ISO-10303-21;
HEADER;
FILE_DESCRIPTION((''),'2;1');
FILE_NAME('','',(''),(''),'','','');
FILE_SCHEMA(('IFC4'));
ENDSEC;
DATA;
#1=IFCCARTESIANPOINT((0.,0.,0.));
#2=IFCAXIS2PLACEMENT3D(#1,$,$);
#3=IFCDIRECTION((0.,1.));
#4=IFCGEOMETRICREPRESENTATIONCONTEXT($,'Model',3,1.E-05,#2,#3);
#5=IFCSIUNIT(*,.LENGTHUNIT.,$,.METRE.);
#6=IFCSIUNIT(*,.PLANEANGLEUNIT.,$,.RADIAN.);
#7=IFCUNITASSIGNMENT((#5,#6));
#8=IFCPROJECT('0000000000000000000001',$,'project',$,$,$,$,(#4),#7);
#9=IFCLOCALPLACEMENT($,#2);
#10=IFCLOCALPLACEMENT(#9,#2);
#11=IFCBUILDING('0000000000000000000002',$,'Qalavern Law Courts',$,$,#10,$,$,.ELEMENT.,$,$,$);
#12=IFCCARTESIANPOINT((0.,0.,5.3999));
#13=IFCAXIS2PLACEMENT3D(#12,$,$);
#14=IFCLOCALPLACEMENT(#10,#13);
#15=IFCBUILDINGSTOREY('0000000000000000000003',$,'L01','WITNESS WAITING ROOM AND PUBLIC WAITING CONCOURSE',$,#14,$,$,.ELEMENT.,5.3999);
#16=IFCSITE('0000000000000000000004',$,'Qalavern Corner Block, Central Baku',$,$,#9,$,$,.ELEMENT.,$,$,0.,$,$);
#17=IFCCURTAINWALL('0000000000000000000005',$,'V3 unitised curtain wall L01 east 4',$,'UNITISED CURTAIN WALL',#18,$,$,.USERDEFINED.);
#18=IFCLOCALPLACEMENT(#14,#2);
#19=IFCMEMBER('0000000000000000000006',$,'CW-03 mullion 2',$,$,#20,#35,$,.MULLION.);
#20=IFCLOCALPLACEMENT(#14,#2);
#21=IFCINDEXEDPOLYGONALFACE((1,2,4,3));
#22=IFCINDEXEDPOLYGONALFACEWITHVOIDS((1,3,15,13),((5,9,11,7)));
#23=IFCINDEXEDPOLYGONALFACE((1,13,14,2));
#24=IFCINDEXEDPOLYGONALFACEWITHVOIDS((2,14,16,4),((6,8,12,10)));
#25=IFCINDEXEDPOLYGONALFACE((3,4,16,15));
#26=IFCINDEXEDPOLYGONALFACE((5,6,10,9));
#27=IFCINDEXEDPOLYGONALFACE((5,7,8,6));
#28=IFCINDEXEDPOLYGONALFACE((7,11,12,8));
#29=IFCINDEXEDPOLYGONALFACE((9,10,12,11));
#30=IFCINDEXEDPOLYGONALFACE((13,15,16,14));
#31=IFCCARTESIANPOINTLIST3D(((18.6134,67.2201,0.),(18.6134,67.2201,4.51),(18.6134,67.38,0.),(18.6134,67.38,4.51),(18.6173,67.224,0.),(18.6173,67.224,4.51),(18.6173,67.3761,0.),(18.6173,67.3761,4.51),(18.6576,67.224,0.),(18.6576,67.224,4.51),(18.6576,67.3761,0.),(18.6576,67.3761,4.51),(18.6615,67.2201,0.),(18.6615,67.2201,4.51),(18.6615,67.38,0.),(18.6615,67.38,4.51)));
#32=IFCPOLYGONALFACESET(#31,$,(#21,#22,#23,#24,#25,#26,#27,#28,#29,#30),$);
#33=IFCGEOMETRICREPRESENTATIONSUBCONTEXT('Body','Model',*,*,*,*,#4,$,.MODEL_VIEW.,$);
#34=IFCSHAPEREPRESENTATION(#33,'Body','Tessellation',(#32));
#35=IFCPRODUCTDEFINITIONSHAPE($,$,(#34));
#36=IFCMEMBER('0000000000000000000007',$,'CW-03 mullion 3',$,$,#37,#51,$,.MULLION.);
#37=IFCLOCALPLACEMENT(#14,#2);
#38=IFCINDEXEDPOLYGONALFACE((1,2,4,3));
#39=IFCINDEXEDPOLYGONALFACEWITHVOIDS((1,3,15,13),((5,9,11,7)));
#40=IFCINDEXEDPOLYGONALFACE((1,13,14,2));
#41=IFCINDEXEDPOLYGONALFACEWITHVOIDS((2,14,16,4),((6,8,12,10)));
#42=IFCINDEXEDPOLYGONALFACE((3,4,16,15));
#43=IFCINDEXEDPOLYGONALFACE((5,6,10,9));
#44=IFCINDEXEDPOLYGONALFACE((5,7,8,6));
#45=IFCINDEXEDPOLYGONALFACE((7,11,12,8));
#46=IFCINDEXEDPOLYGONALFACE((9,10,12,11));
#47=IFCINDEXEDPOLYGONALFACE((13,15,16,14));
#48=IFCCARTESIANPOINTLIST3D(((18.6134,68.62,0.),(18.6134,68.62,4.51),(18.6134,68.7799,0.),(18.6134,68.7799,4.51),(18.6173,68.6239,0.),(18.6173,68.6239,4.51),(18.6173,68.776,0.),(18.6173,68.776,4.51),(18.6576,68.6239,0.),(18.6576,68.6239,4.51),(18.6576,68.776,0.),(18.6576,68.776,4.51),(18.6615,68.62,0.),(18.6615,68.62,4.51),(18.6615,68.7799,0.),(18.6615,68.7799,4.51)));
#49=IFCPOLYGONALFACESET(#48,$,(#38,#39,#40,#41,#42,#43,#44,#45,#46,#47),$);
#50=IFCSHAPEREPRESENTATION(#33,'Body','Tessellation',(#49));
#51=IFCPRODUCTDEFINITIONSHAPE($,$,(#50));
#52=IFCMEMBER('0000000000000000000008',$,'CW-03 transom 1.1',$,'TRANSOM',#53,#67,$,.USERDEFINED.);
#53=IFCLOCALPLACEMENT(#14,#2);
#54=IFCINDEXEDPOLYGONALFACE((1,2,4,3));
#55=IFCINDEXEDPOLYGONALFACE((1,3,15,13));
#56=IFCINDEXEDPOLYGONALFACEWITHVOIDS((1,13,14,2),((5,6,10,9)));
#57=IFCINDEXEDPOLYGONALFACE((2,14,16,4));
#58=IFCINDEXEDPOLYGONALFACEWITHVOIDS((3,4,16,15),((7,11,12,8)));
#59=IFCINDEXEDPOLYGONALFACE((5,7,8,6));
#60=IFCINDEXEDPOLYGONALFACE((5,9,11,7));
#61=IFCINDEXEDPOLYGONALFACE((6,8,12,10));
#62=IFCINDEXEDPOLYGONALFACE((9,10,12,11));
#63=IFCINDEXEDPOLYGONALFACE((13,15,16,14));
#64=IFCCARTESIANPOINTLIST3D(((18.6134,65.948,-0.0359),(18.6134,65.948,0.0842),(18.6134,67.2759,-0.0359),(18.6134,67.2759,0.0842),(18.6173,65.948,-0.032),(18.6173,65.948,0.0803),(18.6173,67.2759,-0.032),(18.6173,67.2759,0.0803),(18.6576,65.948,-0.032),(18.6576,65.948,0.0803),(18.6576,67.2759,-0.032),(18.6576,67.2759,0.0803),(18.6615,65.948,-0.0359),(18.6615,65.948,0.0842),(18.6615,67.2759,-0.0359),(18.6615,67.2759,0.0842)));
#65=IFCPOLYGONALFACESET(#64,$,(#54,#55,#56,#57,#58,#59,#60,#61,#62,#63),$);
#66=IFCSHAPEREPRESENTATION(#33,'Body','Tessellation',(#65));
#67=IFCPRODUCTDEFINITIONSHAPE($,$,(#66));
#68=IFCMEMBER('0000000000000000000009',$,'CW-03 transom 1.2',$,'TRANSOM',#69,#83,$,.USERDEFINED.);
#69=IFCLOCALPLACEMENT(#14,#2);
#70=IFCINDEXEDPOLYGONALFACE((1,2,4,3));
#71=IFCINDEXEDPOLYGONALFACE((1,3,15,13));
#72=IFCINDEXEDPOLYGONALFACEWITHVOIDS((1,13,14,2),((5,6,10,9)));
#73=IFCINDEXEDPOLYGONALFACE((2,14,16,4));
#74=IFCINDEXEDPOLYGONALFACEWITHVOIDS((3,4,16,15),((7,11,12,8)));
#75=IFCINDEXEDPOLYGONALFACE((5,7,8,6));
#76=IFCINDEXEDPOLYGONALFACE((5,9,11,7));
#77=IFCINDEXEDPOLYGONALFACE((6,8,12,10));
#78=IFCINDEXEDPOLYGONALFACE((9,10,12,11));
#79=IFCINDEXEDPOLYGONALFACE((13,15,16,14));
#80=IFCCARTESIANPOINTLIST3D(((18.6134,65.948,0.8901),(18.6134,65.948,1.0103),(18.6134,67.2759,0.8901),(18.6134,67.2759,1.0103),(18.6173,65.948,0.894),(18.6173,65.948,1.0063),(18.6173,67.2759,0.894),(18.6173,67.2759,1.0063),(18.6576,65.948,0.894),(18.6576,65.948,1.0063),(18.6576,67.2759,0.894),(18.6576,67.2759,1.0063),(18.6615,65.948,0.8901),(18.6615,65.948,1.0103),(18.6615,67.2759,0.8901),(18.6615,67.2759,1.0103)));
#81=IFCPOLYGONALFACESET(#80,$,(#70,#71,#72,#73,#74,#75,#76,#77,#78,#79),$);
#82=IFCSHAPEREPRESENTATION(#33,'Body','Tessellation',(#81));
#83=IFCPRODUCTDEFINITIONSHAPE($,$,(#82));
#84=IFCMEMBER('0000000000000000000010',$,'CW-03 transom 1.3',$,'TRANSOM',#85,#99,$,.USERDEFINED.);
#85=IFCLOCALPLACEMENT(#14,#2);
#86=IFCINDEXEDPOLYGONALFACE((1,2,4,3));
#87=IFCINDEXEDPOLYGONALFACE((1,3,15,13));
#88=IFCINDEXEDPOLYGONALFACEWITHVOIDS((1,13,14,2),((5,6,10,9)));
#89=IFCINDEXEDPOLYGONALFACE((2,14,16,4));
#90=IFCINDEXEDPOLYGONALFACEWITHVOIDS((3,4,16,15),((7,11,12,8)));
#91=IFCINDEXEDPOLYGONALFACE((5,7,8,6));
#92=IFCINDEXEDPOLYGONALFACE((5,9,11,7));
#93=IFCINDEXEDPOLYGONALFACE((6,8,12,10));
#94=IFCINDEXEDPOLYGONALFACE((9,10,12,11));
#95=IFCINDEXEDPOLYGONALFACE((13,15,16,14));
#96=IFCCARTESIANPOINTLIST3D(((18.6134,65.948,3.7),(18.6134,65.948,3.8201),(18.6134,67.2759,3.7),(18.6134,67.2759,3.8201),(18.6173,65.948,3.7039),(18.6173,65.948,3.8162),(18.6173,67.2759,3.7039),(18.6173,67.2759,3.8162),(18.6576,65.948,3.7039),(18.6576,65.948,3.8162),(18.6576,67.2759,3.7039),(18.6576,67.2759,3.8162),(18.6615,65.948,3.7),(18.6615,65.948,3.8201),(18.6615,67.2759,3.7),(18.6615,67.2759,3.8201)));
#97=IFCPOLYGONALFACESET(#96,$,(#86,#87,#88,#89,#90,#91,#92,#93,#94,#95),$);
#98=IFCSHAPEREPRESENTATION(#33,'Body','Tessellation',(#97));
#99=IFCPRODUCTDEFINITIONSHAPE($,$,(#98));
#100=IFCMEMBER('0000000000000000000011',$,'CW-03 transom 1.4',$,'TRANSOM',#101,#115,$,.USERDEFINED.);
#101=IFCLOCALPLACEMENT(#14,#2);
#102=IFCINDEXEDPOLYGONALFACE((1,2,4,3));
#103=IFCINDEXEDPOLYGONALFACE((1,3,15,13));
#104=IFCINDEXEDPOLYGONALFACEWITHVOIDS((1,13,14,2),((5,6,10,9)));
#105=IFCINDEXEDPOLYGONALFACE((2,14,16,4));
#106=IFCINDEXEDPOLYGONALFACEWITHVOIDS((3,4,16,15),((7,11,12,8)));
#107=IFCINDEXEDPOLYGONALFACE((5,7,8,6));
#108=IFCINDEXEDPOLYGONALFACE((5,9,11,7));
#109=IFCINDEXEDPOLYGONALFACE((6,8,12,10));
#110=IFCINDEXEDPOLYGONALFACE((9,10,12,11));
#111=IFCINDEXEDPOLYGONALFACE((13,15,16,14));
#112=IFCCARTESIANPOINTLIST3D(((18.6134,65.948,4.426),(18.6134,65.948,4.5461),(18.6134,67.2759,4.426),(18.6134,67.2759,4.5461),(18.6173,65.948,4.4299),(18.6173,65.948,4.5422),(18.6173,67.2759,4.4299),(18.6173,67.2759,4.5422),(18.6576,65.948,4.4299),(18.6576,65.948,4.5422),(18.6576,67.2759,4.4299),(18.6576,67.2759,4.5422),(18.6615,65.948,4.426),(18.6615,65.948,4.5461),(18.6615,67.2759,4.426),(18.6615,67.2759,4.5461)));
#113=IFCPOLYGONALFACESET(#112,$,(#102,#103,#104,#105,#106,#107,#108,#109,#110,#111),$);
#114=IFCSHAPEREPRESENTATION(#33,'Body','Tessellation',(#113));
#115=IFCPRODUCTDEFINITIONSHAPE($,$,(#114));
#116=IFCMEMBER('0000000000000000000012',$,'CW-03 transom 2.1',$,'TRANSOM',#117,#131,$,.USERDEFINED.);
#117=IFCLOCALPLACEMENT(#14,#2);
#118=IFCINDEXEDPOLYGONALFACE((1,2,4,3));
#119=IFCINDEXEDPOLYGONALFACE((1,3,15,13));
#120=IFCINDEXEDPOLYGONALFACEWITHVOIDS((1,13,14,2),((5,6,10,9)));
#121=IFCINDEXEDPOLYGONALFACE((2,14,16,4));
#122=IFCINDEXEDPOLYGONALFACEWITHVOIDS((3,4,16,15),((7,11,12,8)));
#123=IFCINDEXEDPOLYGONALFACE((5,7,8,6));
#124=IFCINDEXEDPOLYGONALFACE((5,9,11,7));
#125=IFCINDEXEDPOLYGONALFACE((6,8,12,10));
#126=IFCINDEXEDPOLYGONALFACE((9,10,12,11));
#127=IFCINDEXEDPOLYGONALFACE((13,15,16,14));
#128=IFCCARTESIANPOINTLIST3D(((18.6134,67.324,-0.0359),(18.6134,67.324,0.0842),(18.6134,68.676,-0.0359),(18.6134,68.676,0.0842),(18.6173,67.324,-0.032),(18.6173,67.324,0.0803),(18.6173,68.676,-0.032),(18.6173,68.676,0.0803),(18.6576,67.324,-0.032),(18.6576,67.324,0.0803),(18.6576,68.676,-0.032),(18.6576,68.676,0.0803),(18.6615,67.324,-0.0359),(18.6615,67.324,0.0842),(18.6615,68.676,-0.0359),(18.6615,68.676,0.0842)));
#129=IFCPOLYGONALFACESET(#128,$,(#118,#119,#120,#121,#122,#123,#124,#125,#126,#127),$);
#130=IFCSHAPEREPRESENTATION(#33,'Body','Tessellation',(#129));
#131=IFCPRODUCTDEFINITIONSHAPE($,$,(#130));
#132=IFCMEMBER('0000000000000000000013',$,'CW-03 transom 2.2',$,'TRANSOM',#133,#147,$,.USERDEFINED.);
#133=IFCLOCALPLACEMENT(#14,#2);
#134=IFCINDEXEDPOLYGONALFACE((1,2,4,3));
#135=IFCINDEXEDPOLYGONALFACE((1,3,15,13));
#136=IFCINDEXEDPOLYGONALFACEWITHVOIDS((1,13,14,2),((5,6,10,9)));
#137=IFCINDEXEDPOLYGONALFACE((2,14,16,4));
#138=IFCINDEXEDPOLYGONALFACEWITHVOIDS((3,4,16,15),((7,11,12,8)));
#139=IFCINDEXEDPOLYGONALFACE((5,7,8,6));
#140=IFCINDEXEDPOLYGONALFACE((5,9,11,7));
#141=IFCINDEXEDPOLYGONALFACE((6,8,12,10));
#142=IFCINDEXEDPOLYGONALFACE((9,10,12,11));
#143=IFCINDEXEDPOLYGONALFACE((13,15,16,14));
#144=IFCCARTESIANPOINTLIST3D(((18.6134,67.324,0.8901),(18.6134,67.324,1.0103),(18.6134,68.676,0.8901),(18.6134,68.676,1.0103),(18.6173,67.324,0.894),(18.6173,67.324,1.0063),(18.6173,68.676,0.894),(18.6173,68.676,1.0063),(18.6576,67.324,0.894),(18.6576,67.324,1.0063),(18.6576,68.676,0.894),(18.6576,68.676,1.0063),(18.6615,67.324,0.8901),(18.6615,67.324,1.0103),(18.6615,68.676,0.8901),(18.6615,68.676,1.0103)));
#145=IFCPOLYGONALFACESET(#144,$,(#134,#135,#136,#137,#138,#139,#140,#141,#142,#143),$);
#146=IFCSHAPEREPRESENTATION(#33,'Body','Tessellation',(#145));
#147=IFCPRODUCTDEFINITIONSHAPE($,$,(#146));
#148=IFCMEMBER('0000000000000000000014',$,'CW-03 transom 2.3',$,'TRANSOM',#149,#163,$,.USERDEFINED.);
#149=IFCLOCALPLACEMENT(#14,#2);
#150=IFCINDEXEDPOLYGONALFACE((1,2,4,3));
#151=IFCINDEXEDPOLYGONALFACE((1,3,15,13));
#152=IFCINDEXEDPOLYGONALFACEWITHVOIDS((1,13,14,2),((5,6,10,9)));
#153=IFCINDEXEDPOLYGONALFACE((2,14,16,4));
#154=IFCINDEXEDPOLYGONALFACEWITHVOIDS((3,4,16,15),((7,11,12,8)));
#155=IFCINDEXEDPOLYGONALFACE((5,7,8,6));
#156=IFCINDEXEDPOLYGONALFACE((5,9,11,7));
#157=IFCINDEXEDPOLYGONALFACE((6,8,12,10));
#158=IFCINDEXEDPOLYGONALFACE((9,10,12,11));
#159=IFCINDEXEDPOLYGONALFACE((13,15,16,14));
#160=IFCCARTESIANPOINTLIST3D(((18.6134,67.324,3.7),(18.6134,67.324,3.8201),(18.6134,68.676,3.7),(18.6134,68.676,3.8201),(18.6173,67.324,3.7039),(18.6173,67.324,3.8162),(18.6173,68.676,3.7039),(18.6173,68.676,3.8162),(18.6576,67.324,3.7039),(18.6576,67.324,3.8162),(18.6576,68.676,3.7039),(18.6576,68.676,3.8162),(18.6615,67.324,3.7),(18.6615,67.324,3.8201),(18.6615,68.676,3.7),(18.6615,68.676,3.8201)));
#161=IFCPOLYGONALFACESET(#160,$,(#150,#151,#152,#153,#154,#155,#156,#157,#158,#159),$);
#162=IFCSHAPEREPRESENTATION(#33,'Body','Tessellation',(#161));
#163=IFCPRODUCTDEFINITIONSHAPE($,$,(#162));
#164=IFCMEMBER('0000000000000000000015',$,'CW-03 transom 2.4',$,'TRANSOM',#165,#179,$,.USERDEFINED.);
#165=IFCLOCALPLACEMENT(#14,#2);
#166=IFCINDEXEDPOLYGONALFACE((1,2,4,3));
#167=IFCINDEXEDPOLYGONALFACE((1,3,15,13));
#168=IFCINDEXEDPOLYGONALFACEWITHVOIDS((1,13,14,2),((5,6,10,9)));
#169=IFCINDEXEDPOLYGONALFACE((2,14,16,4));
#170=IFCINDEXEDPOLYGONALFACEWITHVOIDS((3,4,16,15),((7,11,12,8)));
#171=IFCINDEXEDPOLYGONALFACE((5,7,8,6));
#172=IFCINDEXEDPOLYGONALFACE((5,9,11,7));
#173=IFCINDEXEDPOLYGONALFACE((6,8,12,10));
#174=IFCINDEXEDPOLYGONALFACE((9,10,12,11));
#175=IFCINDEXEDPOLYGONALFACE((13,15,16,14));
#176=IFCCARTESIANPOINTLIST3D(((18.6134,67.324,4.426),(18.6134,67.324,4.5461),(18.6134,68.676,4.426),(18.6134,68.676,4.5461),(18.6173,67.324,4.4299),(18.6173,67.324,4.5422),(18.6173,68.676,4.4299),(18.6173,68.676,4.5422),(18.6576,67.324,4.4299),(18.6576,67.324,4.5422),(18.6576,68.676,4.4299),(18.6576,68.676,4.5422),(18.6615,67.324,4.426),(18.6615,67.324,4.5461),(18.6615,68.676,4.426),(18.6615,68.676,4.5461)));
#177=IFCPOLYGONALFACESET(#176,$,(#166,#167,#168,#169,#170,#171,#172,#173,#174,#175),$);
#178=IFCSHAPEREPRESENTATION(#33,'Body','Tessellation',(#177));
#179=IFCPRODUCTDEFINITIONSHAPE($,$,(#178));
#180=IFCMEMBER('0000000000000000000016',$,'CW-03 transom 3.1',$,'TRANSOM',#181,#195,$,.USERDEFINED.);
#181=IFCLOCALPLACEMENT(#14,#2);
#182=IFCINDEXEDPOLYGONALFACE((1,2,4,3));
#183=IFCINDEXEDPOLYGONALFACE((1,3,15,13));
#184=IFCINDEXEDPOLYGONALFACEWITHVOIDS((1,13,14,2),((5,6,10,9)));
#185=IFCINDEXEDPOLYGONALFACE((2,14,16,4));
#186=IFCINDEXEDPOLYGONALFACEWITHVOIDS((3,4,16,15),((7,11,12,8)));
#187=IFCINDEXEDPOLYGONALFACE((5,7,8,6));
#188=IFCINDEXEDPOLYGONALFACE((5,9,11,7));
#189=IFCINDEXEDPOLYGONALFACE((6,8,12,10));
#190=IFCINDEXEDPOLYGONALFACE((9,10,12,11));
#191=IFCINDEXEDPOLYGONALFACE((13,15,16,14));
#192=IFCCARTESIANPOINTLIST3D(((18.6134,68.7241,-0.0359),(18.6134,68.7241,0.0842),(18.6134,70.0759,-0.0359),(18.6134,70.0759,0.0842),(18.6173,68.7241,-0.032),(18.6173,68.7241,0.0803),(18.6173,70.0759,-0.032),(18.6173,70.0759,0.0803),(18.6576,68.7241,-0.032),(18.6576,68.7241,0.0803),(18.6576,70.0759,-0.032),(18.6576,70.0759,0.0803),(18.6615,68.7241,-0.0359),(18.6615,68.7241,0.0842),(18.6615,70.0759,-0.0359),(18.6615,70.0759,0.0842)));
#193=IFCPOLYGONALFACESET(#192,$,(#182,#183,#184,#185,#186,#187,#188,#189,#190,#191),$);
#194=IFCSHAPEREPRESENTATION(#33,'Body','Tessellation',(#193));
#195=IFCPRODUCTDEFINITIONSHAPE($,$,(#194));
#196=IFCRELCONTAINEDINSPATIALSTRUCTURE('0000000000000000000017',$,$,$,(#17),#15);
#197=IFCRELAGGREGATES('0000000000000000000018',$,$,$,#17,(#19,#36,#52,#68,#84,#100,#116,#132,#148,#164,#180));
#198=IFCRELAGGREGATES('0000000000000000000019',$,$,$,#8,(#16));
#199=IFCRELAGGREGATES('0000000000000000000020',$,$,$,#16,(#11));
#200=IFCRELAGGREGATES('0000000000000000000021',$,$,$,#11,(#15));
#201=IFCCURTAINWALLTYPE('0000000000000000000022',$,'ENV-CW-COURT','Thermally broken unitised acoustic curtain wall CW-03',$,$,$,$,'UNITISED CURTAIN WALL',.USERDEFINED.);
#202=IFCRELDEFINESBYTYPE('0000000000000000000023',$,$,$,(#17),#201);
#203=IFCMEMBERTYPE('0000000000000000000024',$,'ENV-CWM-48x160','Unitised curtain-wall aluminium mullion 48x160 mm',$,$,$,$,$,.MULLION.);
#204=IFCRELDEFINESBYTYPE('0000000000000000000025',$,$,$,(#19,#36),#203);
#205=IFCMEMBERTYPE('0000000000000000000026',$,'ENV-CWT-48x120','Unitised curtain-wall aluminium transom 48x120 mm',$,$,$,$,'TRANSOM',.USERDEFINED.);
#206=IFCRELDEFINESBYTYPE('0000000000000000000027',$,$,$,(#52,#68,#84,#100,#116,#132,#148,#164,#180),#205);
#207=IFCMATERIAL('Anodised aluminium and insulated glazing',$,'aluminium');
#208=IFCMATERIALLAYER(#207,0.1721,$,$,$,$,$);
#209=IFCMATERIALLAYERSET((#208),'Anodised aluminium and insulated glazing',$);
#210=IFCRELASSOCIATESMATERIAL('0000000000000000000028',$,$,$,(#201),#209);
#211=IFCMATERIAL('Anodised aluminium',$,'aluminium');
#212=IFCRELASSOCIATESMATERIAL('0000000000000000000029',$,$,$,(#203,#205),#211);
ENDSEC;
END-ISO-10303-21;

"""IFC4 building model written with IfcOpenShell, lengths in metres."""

from ifc_helpers import new_model, si_unit, direction, frame, origin, origin_2d, place, context, subcontext, project, spatial, hollow_rectangle, extrude, material, layer, layer_set, material_profile, profile_set, type_object, element, aggregate, save


model = new_model("IFC4")

# Units and contexts
model_context = context("Model", 3, precision=1e-05, world=origin(), true_north=direction((0.0, 1.0)))
body_context = subcontext(model_context, "Body", "Model", "MODEL_VIEW")
ifc_project = project(units=[si_unit("LENGTHUNIT", "METRE"), si_unit("PLANEANGLEUNIT", "RADIAN")], contexts=[model_context])

# Site, building, storey
site_placement = place(None, origin())
site = spatial("IfcSite", under=ifc_project, at=site_placement, Name="Qalavern Corner Block, Central Baku", CompositionType="ELEMENT", RefElevation=0.0)
building_placement = place(site_placement, origin())
building = spatial("IfcBuilding", under=site, at=building_placement, Name="Qalavern Law Courts", CompositionType="ELEMENT")
storey_placement = place(building_placement, frame((0.0, 0.0, 5.3999)))
storey = spatial("IfcBuildingStorey", under=building, at=storey_placement, Name="L01", Description="WITNESS WAITING ROOM AND PUBLIC WAITING CONCOURSE", CompositionType="ELEMENT", Elevation=5.3999)

# Curtain wall, members
ifc_material_1 = material(Name="Anodised aluminium and insulated glazing", Category="aluminium")
ifc_layer_1 = layer(ifc_material_1, 0.1721)
ifc_layer_set_1 = layer_set([ifc_layer_1], Name="Anodised aluminium and insulated glazing")
curtain_wall_type = type_object("IfcCurtainWallType", Name="ENV-CW-COURT", Description="Thermally broken unitised acoustic curtain wall CW-03", ElementType="UNITISED CURTAIN WALL", PredefinedType="USERDEFINED", material=ifc_layer_set_1)
curtain_wall_placement = place(storey_placement, origin())
curtain_wall = element("IfcCurtainWall", 1, at=curtain_wall_placement, inside=storey, type_object=curtain_wall_type, Name="V3 unitised curtain wall L01 east 4", ObjectType="UNITISED CURTAIN WALL", PredefinedType="USERDEFINED")
ifc_material_2 = material(Name="Anodised aluminium", Category="aluminium")
ifc_material_profile_1 = material_profile(ifc_material_2, hollow_rectangle(XDim=0.0481, YDim=0.1599, WallThickness=0.0039, at=origin_2d()), Name="ALU MULLION 48x160")
ifc_profile_set_1 = profile_set([ifc_material_profile_1], Name="Anodised aluminium")
member_type_1 = type_object("IfcMemberType", Name="ENV-CWM-48x160", Description="Unitised curtain-wall aluminium mullion 48x160 mm", PredefinedType="MULLION", material=ifc_profile_set_1)
member_1_placement = place(storey_placement, frame((18.6375, 67.3, 0.0), z_axis=(0.0, 0.0, 1.0), x_axis=(-1.0, 0.0, 0.0)))
member_1 = element("IfcMember", 2, at=member_1_placement, type_object=member_type_1, Name="CW-03 mullion 2", PredefinedType="MULLION", context=body_context, shape_type="SweptSolid", body=[
    extrude(hollow_rectangle(XDim=0.0481, YDim=0.1599, WallThickness=0.0039, at=origin_2d()), origin(), (0.0, 0.0, 1.0), 4.51),
])
member_2_placement = place(storey_placement, frame((18.6375, 68.7, 0.0), z_axis=(0.0, 0.0, 1.0), x_axis=(-1.0, 0.0, 0.0)))
member_2 = element("IfcMember", 3, at=member_2_placement, type_object=member_type_1, Name="CW-03 mullion 3", PredefinedType="MULLION", context=body_context, shape_type="SweptSolid", body=[
    extrude(hollow_rectangle(XDim=0.0481, YDim=0.1599, WallThickness=0.0039, at=origin_2d()), origin(), (0.0, 0.0, 1.0), 4.51),
])
ifc_material_profile_2 = material_profile(ifc_material_2, hollow_rectangle(XDim=0.0481, YDim=0.1201, WallThickness=0.0039, at=origin_2d()), Name="ALU TRANSOM 48x120")
ifc_profile_set_2 = profile_set([ifc_material_profile_2], Name="Anodised aluminium")
member_type_2 = type_object("IfcMemberType", Name="ENV-CWT-48x120", Description="Unitised curtain-wall aluminium transom 48x120 mm", ElementType="TRANSOM", PredefinedType="USERDEFINED", material=ifc_profile_set_2)
member_3_placement = place(storey_placement, frame((18.6375, 65.948, 0.0242), z_axis=(0.0, 1.0, 0.0), x_axis=(-1.0, 0.0, 0.0)))
member_3 = element("IfcMember", 4, at=member_3_placement, type_object=member_type_2, Name="CW-03 transom 1.1", ObjectType="TRANSOM", PredefinedType="USERDEFINED", context=body_context, shape_type="SweptSolid", body=[
    extrude(hollow_rectangle(XDim=0.0481, YDim=0.1201, WallThickness=0.0039, at=origin_2d()), origin(), (0.0, 0.0, 1.0), 1.3279),
])
member_4_placement = place(storey_placement, frame((18.6375, 65.948, 0.9502), z_axis=(0.0, 1.0, 0.0), x_axis=(-1.0, 0.0, 0.0)))
member_4 = element("IfcMember", 5, at=member_4_placement, type_object=member_type_2, Name="CW-03 transom 1.2", ObjectType="TRANSOM", PredefinedType="USERDEFINED", context=body_context, shape_type="SweptSolid", body=[
    extrude(hollow_rectangle(XDim=0.0481, YDim=0.1201, WallThickness=0.0039, at=origin_2d()), origin(), (0.0, 0.0, 1.0), 1.3279),
])
member_5_placement = place(storey_placement, frame((18.6375, 65.948, 3.76), z_axis=(0.0, 1.0, 0.0), x_axis=(-1.0, 0.0, 0.0)))
member_5 = element("IfcMember", 6, at=member_5_placement, type_object=member_type_2, Name="CW-03 transom 1.3", ObjectType="TRANSOM", PredefinedType="USERDEFINED", context=body_context, shape_type="SweptSolid", body=[
    extrude(hollow_rectangle(XDim=0.0481, YDim=0.1201, WallThickness=0.0039, at=origin_2d()), origin(), (0.0, 0.0, 1.0), 1.3279),
])
member_6_placement = place(storey_placement, frame((18.6375, 65.948, 4.4861), z_axis=(0.0, 1.0, 0.0), x_axis=(-1.0, 0.0, 0.0)))
member_6 = element("IfcMember", 7, at=member_6_placement, type_object=member_type_2, Name="CW-03 transom 1.4", ObjectType="TRANSOM", PredefinedType="USERDEFINED", context=body_context, shape_type="SweptSolid", body=[
    extrude(hollow_rectangle(XDim=0.0481, YDim=0.1201, WallThickness=0.0039, at=origin_2d()), origin(), (0.0, 0.0, 1.0), 1.3279),
])
member_7_placement = place(storey_placement, frame((18.6375, 67.324, 0.0242), z_axis=(0.0, 1.0, 0.0), x_axis=(-1.0, 0.0, 0.0)))
member_7 = element("IfcMember", 8, at=member_7_placement, type_object=member_type_2, Name="CW-03 transom 2.1", ObjectType="TRANSOM", PredefinedType="USERDEFINED", context=body_context, shape_type="SweptSolid", body=[
    extrude(hollow_rectangle(XDim=0.0481, YDim=0.1201, WallThickness=0.0039, at=origin_2d()), origin(), (0.0, 0.0, 1.0), 1.3521),
])
member_8_placement = place(storey_placement, frame((18.6375, 67.324, 0.9502), z_axis=(0.0, 1.0, 0.0), x_axis=(-1.0, 0.0, 0.0)))
member_8 = element("IfcMember", 9, at=member_8_placement, type_object=member_type_2, Name="CW-03 transom 2.2", ObjectType="TRANSOM", PredefinedType="USERDEFINED", context=body_context, shape_type="SweptSolid", body=[
    extrude(hollow_rectangle(XDim=0.0481, YDim=0.1201, WallThickness=0.0039, at=origin_2d()), origin(), (0.0, 0.0, 1.0), 1.3521),
])
member_9_placement = place(storey_placement, frame((18.6375, 67.324, 3.76), z_axis=(0.0, 1.0, 0.0), x_axis=(-1.0, 0.0, 0.0)))
member_9 = element("IfcMember", 10, at=member_9_placement, type_object=member_type_2, Name="CW-03 transom 2.3", ObjectType="TRANSOM", PredefinedType="USERDEFINED", context=body_context, shape_type="SweptSolid", body=[
    extrude(hollow_rectangle(XDim=0.0481, YDim=0.1201, WallThickness=0.0039, at=origin_2d()), origin(), (0.0, 0.0, 1.0), 1.3521),
])
member_10_placement = place(storey_placement, frame((18.6375, 67.324, 4.4861), z_axis=(0.0, 1.0, 0.0), x_axis=(-1.0, 0.0, 0.0)))
member_10 = element("IfcMember", 11, at=member_10_placement, type_object=member_type_2, Name="CW-03 transom 2.4", ObjectType="TRANSOM", PredefinedType="USERDEFINED", context=body_context, shape_type="SweptSolid", body=[
    extrude(hollow_rectangle(XDim=0.0481, YDim=0.1201, WallThickness=0.0039, at=origin_2d()), origin(), (0.0, 0.0, 1.0), 1.3521),
])
member_11_placement = place(storey_placement, frame((18.6375, 68.7241, 0.0242), z_axis=(0.0, 1.0, 0.0), x_axis=(-1.0, 0.0, 0.0)))
member_11 = element("IfcMember", 12, at=member_11_placement, type_object=member_type_2, Name="CW-03 transom 3.1", ObjectType="TRANSOM", PredefinedType="USERDEFINED", context=body_context, shape_type="SweptSolid", body=[
    extrude(hollow_rectangle(XDim=0.0481, YDim=0.1201, WallThickness=0.0039, at=origin_2d()), origin(), (0.0, 0.0, 1.0), 1.3518),
])
aggregate(curtain_wall, [member_1, member_2, member_3, member_4, member_5, member_6, member_7, member_8, member_9, member_10, member_11])

save(model, "model.ifc")
